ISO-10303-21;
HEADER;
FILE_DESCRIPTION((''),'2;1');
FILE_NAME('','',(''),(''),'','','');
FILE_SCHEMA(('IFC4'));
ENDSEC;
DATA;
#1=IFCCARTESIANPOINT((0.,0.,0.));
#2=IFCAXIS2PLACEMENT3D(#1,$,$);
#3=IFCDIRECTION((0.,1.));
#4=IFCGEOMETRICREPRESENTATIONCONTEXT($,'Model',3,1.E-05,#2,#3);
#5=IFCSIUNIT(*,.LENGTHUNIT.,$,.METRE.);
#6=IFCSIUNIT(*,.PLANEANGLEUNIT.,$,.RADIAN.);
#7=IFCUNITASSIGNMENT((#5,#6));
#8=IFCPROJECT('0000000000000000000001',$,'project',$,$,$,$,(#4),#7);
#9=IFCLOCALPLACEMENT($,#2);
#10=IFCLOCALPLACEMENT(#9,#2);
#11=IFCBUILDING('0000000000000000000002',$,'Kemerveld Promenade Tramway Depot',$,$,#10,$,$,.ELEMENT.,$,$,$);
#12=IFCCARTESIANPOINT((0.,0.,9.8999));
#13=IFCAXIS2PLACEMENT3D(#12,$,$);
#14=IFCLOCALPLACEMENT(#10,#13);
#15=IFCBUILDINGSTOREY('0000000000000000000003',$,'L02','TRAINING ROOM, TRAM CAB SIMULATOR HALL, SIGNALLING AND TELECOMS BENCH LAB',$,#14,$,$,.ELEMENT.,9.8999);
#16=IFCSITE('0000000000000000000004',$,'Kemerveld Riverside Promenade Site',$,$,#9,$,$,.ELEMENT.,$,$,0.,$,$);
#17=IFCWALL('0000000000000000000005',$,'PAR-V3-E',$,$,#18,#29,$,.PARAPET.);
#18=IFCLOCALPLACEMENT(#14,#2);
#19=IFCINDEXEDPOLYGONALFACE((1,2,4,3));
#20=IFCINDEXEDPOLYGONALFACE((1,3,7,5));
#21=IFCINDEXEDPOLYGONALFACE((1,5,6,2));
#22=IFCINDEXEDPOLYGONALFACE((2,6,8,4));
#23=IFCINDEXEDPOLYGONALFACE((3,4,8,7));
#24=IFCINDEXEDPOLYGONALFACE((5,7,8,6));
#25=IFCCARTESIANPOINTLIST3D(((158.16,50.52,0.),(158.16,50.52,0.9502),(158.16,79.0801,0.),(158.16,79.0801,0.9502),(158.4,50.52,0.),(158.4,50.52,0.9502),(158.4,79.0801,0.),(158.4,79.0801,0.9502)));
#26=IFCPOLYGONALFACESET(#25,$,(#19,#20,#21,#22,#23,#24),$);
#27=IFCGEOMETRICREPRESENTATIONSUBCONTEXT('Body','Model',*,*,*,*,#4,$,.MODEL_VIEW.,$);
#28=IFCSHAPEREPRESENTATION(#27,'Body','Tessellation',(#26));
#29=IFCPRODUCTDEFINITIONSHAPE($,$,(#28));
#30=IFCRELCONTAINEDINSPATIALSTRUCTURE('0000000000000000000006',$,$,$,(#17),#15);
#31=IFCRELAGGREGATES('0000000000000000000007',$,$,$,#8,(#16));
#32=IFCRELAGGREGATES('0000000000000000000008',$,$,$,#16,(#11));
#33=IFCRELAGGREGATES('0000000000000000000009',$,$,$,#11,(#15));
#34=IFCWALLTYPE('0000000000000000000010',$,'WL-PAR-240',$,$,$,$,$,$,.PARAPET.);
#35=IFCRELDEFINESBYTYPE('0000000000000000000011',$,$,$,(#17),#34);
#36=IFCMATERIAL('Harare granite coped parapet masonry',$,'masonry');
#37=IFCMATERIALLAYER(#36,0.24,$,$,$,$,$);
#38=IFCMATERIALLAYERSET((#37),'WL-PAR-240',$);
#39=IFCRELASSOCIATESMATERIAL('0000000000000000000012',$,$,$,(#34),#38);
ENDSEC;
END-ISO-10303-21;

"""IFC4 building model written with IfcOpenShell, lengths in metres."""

from ifc_helpers import new_model, si_unit, direction, frame, frame_2d, origin, place, context, subcontext, project, spatial, rectangle, extrude, material, layer, layer_set, type_object, element, save


model = new_model("IFC4")

# Units and contexts
model_context = context("Model", 3, precision=1e-05, world=origin(), true_north=direction((0.0, 1.0)))
body_context = subcontext(model_context, "Body", "Model", "MODEL_VIEW")
ifc_project = project(units=[si_unit("LENGTHUNIT", "METRE"), si_unit("PLANEANGLEUNIT", "RADIAN")], contexts=[model_context])

# Site, building, storey
site_placement = place(None, origin())
site = spatial("IfcSite", under=ifc_project, at=site_placement, Name="Kemerveld Riverside Promenade Site", CompositionType="ELEMENT", RefElevation=0.0)
building_placement = place(site_placement, origin())
building = spatial("IfcBuilding", under=site, at=building_placement, Name="Kemerveld Promenade Tramway Depot", CompositionType="ELEMENT")
storey_placement = place(building_placement, frame((0.0, 0.0, 9.8999)))
storey = spatial("IfcBuildingStorey", under=building, at=storey_placement, Name="L02", Description="TRAINING ROOM, TRAM CAB SIMULATOR HALL, SIGNALLING AND TELECOMS BENCH LAB", CompositionType="ELEMENT", Elevation=9.8999)

# Wall
ifc_material_1 = material(Name="Harare granite coped parapet masonry", Category="masonry")
ifc_layer_1 = layer(ifc_material_1, 0.24)
ifc_layer_set_1 = layer_set([ifc_layer_1], Name="WL-PAR-240")
wall_type_1 = type_object("IfcWallType", Name="WL-PAR-240", PredefinedType="PARAPET", material=ifc_layer_set_1)
wall_1_placement = place(storey_placement, frame((158.28, 79.0801, 0.0), z_axis=(0.0, 0.0, 1.0), x_axis=(0.0, -1.0, 0.0)))
element("IfcWall", 1, at=wall_1_placement, inside=storey, type_object=wall_type_1, Name="PAR-V3-E", PredefinedType="PARAPET", context=body_context, shape_type="SweptSolid", body=[
    extrude(rectangle(XDim=28.5601, YDim=0.24, at=frame_2d((14.28, 0.0))), origin(), (0.0, 0.0, 1.0), 0.9502),
])

save(model, "model.ifc")
